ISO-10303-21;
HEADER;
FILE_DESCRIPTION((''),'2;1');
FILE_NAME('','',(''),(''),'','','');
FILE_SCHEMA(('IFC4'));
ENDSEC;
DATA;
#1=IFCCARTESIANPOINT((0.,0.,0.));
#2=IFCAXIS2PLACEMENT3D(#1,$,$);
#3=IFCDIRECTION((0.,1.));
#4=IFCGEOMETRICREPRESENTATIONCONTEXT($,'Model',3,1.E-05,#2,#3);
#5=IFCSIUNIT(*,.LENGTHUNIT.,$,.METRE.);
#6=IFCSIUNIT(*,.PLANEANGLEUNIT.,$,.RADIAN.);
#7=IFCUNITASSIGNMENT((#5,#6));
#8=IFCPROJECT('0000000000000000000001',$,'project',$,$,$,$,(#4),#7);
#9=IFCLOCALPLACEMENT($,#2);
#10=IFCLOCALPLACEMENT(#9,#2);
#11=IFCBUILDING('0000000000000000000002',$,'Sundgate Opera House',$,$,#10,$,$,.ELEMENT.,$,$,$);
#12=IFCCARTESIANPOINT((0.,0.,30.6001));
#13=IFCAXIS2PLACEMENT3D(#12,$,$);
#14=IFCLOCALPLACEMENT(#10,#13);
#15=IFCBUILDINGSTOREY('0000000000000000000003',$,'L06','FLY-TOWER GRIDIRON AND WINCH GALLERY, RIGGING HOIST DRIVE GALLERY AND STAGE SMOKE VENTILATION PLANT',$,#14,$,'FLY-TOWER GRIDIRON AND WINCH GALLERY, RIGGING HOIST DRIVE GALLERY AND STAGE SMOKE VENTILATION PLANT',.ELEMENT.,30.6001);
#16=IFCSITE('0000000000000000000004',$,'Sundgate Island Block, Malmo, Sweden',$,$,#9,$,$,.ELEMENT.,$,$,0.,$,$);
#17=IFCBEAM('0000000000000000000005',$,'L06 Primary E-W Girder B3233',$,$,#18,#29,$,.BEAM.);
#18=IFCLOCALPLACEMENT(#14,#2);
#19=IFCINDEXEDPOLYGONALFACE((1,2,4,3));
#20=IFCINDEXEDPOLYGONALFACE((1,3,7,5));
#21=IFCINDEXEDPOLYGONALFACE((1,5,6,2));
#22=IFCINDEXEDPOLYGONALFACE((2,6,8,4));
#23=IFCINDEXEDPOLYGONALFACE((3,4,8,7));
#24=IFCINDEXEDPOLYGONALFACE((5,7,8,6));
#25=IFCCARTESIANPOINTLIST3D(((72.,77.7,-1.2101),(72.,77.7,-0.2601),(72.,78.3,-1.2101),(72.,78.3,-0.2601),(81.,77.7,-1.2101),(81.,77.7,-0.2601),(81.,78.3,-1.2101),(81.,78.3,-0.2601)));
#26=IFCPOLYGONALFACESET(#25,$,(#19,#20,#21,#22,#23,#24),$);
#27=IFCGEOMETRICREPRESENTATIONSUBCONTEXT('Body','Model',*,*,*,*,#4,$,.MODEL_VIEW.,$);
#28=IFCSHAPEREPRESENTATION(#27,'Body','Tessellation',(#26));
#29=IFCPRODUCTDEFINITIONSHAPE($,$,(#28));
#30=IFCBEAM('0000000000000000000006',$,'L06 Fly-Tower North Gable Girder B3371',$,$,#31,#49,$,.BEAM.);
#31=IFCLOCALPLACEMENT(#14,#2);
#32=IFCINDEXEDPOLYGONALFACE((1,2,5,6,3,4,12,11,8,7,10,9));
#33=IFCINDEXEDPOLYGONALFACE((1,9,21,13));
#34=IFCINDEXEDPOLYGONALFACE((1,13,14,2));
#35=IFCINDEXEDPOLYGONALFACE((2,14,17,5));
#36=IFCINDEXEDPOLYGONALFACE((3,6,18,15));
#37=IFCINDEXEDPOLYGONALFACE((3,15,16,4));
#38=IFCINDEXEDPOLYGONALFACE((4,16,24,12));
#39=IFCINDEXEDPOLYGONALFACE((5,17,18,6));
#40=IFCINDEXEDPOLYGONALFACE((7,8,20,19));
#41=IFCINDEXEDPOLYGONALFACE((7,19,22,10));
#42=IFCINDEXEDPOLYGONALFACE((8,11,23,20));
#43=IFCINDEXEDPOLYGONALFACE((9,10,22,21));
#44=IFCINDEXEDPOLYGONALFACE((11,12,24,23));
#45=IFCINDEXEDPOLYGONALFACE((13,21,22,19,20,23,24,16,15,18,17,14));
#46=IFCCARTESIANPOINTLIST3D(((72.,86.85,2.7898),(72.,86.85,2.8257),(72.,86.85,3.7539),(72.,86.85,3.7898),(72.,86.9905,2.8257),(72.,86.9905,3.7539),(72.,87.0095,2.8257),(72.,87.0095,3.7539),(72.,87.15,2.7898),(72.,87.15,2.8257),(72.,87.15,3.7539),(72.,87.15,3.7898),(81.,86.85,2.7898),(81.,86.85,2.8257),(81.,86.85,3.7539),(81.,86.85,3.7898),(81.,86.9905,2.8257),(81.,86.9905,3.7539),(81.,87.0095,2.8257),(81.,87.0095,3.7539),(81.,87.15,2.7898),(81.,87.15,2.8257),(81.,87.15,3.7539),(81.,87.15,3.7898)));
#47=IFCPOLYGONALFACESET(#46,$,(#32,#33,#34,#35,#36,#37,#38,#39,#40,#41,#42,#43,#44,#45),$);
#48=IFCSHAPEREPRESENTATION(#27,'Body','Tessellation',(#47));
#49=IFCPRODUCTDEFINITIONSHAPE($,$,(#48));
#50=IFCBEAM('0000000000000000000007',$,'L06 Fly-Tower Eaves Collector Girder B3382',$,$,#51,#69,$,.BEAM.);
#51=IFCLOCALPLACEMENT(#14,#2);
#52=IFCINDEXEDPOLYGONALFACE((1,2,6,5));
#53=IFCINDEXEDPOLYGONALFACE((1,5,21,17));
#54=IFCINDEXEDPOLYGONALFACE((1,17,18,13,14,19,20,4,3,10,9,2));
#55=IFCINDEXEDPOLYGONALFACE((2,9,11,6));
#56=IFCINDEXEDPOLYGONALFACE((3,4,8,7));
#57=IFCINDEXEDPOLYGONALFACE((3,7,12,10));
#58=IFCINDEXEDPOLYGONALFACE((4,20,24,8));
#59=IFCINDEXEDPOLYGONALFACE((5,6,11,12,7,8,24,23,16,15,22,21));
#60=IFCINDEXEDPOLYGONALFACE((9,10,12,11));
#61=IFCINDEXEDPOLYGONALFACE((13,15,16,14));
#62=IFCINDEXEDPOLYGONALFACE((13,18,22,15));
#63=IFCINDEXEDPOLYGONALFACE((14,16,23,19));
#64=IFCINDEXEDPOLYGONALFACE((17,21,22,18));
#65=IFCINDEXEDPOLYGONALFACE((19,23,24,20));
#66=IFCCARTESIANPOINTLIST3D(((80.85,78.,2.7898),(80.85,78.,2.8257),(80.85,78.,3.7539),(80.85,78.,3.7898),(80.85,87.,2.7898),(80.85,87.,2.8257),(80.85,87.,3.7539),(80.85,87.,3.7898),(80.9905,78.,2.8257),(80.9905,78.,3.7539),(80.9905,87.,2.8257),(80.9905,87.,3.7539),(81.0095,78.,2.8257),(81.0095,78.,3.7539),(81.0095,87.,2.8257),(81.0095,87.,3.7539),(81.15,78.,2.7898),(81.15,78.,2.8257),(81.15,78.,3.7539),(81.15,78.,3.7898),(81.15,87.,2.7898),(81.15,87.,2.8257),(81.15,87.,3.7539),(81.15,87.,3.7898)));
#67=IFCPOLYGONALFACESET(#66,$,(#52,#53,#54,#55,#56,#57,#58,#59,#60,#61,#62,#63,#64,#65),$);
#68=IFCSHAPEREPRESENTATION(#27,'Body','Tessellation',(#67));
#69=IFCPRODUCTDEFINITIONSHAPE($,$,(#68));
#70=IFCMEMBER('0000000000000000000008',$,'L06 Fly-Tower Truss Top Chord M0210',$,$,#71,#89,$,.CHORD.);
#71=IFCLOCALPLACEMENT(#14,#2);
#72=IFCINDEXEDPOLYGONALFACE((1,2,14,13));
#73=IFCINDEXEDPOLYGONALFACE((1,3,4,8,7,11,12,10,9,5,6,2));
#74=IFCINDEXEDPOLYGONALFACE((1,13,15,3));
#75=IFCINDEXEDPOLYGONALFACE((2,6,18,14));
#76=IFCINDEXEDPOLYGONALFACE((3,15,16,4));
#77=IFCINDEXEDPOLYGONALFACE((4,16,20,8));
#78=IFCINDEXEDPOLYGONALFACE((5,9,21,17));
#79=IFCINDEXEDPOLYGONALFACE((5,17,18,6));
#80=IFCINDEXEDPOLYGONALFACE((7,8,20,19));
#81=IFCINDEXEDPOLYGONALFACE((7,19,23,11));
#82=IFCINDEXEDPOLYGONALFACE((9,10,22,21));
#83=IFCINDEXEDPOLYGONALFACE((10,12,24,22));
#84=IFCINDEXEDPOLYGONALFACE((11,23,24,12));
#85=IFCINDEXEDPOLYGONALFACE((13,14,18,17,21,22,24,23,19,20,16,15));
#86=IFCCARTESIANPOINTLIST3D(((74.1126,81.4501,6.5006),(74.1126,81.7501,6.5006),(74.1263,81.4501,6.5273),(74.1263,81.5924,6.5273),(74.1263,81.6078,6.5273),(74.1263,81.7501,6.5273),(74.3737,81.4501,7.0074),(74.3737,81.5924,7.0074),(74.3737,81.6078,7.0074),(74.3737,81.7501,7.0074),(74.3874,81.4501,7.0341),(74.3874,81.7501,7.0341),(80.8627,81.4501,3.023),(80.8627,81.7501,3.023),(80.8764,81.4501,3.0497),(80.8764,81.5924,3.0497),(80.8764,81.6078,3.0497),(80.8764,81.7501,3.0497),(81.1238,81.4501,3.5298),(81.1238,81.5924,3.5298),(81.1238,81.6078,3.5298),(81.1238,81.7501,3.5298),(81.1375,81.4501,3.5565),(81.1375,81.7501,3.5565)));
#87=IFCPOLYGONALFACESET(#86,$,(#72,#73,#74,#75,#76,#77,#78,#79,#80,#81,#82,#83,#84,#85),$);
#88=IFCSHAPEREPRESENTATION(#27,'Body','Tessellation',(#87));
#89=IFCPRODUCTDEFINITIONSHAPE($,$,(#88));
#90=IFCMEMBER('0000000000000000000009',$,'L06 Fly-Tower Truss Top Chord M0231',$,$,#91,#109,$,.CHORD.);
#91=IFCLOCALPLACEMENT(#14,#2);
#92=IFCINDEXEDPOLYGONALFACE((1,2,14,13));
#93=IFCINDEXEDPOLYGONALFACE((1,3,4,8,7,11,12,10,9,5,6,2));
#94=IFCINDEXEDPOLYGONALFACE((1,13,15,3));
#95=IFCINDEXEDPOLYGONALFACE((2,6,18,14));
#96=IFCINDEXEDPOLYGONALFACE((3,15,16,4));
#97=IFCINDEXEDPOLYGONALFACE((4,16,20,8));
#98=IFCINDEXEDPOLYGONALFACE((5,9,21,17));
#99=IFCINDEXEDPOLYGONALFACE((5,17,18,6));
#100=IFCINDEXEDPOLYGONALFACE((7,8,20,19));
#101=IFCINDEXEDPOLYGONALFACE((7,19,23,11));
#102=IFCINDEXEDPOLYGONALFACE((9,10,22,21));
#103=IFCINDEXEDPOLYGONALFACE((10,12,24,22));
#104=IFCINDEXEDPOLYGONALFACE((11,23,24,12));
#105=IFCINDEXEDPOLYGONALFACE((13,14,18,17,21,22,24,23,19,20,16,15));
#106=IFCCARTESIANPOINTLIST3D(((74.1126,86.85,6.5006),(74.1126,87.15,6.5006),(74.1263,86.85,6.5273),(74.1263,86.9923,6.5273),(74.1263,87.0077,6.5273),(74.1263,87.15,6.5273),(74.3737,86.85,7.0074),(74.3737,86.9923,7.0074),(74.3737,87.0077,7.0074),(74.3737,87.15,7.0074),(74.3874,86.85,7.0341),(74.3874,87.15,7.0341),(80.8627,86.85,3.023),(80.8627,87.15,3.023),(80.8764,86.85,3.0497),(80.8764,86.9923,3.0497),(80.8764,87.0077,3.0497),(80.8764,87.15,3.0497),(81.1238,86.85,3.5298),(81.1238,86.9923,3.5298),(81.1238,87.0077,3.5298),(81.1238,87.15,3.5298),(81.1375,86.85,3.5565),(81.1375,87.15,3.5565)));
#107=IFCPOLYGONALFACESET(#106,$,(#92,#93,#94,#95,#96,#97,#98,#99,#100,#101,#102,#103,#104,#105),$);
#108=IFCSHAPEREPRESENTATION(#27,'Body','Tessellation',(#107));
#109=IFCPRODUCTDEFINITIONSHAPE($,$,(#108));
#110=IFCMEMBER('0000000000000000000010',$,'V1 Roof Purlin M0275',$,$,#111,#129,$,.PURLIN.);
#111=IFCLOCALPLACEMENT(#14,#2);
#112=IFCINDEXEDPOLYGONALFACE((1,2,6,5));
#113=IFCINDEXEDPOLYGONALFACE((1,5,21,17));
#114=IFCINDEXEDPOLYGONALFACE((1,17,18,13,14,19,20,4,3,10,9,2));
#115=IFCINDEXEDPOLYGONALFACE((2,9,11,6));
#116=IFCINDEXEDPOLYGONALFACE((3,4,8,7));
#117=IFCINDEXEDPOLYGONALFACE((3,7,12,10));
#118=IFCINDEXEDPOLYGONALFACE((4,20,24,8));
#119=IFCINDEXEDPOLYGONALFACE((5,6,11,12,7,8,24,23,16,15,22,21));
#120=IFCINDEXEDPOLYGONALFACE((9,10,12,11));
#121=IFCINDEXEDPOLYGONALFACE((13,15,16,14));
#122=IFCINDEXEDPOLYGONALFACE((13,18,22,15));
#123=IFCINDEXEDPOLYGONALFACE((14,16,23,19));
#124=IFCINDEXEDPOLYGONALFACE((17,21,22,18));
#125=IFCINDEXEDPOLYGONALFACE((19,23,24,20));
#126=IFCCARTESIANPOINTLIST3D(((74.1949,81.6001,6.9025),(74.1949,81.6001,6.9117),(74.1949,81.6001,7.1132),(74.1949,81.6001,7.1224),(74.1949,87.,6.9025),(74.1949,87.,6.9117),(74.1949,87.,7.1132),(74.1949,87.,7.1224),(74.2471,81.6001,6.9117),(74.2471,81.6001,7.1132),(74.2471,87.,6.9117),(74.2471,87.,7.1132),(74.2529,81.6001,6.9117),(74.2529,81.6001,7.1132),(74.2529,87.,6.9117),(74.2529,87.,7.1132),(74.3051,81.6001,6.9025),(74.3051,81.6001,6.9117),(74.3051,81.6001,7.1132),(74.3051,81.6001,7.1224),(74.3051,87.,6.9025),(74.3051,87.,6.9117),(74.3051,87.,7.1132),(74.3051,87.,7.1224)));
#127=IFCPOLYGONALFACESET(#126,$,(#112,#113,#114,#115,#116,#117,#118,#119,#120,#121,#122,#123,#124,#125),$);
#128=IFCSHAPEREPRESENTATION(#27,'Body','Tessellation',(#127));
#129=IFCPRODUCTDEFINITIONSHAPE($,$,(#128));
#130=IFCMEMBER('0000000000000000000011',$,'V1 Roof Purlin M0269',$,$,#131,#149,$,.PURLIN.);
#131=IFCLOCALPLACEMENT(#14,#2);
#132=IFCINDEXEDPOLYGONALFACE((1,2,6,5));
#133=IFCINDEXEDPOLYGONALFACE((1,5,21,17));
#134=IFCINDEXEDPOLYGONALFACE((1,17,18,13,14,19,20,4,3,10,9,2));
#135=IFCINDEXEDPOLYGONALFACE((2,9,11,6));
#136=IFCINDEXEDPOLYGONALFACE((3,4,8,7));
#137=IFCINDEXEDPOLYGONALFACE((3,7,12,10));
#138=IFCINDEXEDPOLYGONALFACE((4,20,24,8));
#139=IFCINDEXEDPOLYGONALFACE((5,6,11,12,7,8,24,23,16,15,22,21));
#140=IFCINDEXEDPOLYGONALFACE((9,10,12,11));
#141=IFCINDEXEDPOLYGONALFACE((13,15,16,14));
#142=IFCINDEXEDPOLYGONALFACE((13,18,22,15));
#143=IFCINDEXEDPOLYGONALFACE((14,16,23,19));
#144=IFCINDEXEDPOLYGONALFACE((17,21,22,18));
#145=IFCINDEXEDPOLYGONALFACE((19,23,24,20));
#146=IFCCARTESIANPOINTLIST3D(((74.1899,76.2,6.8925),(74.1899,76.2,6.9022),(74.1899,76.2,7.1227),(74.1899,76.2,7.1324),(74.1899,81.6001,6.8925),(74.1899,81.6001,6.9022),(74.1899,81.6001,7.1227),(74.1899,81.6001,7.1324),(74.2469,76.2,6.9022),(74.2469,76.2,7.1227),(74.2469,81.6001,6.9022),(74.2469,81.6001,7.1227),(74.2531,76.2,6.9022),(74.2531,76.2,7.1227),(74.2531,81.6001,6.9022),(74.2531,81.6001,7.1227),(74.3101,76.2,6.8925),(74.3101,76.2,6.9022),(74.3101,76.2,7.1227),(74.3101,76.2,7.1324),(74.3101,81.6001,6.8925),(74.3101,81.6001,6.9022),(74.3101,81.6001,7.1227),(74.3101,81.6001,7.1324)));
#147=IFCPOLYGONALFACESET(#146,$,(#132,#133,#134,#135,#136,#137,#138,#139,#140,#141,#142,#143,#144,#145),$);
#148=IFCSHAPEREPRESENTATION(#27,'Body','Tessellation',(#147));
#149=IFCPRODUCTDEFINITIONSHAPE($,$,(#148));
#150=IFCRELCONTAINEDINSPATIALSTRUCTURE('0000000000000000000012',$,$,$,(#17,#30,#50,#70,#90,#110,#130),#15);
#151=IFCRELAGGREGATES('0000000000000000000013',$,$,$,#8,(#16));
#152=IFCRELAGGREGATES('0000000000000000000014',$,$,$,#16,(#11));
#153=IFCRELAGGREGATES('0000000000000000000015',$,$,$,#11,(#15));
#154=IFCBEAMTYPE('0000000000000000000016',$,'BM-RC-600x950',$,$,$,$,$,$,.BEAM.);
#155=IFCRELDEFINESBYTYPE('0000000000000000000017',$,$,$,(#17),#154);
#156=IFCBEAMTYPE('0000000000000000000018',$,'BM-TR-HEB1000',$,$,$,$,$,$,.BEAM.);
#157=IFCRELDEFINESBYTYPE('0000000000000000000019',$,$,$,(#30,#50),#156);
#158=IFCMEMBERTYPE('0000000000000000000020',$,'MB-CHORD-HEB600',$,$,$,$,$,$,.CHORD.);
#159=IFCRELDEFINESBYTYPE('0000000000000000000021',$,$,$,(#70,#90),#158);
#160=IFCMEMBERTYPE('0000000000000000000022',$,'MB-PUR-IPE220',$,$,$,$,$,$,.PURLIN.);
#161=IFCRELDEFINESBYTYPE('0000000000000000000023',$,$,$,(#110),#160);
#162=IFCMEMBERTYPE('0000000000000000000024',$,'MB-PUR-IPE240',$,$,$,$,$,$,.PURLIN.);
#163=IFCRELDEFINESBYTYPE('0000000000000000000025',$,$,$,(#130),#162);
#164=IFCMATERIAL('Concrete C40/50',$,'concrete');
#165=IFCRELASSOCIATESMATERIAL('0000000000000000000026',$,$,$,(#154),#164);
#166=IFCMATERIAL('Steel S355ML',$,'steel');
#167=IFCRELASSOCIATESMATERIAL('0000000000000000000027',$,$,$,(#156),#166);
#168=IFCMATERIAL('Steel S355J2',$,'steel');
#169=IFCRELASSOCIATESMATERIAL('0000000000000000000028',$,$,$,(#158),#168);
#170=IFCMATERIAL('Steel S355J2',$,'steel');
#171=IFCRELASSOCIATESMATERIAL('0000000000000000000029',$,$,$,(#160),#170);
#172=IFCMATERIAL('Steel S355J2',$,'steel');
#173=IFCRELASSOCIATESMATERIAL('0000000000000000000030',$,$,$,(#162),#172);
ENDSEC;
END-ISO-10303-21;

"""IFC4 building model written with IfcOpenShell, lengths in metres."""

from ifc_helpers import new_model, si_unit, direction, frame, origin, origin_2d, place, context, subcontext, project, spatial, rectangle, i_section, extrude, material, material_profile, profile_set, type_object, element, save


model = new_model("IFC4")

# Units and contexts
model_context = context("Model", 3, precision=1e-05, world=origin(), true_north=direction((0.0, 1.0)))
body_context = subcontext(model_context, "Body", "Model", "MODEL_VIEW")
ifc_project = project(units=[si_unit("LENGTHUNIT", "METRE"), si_unit("PLANEANGLEUNIT", "RADIAN")], contexts=[model_context])

# Site, building, storey
site_placement = place(None, origin())
site = spatial("IfcSite", under=ifc_project, at=site_placement, Name="Sundgate Island Block, Malmo, Sweden", CompositionType="ELEMENT", RefElevation=0.0)
building_placement = place(site_placement, origin())
building = spatial("IfcBuilding", under=site, at=building_placement, Name="Sundgate Opera House", CompositionType="ELEMENT")
storey_placement = place(building_placement, frame((0.0, 0.0, 30.6001)))
storey = spatial("IfcBuildingStorey", under=building, at=storey_placement, Name="L06", Description="FLY-TOWER GRIDIRON AND WINCH GALLERY, RIGGING HOIST DRIVE GALLERY AND STAGE SMOKE VENTILATION PLANT", LongName="FLY-TOWER GRIDIRON AND WINCH GALLERY, RIGGING HOIST DRIVE GALLERY AND STAGE SMOKE VENTILATION PLANT", CompositionType="ELEMENT", Elevation=30.6001)

# Beams
ifc_material_1 = material(Name="Concrete C40/50", Category="concrete")
ifc_material_profile_1 = material_profile(ifc_material_1, rectangle(XDim=0.6001, YDim=0.95, at=origin_2d()), Name="RC 600x950")
ifc_profile_set_1 = profile_set([ifc_material_profile_1], Name="Concrete C40/50")
beam_type_1 = type_object("IfcBeamType", Name="BM-RC-600x950", PredefinedType="BEAM", material=ifc_profile_set_1)
beam_1_placement = place(storey_placement, frame((72.0, 78.0, -0.7351), z_axis=(1.0, 0.0, 0.0), x_axis=(0.0, 1.0, 0.0)))
element("IfcBeam", 1, at=beam_1_placement, inside=storey, type_object=beam_type_1, Name="L06 Primary E-W Girder B3233", PredefinedType="BEAM", context=body_context, shape_type="SweptSolid", body=[
    extrude(rectangle(XDim=0.6001, YDim=0.95, at=origin_2d()), origin(), (0.0, 0.0, 1.0), 9.0),
])
ifc_material_2 = material(Name="Steel S355ML", Category="steel")
ifc_material_profile_2 = material_profile(ifc_material_2, i_section(OverallWidth=0.3, OverallDepth=1.0, WebThickness=0.019, FlangeThickness=0.0359, at=origin_2d()), Name="HEB 1000")
ifc_profile_set_2 = profile_set([ifc_material_profile_2], Name="Steel S355ML")
beam_type_2 = type_object("IfcBeamType", Name="BM-TR-HEB1000", PredefinedType="BEAM", material=ifc_profile_set_2)
for number, where, z_axis, x_axis, name in (
    (2, (72.0, 87.0, 3.2898), (1.0, 0.0, 0.0), (0.0, 1.0, 0.0), "L06 Fly-Tower North Gable Girder B3371"),
    (3, (81.0, 78.0, 3.2898), (0.0, 1.0, 0.0), (-1.0, 0.0, 0.0), "L06 Fly-Tower Eaves Collector Girder B3382"),
):
    element("IfcBeam", number, at=place(storey_placement, frame(where, z_axis=z_axis, x_axis=x_axis)), inside=storey, type_object=beam_type_2, Name=name, PredefinedType="BEAM", context=body_context, shape_type="SweptSolid", body=[
        extrude(i_section(OverallWidth=0.3, OverallDepth=1.0, WebThickness=0.019, FlangeThickness=0.0359, at=origin_2d()), origin(), (0.0, 0.0, 1.0), 9.0),
    ])

# Members
ifc_material_3 = material(Name="Steel S355J2", Category="steel")
ifc_material_profile_3 = material_profile(ifc_material_3, i_section(OverallWidth=0.3, OverallDepth=0.6001, WebThickness=0.0154, FlangeThickness=0.03, at=origin_2d()), Name="HEB 600")
ifc_profile_set_3 = profile_set([ifc_material_profile_3], Name="Steel S355J2")
member_type_1 = type_object("IfcMemberType", Name="MB-CHORD-HEB600", PredefinedType="CHORD", material=ifc_profile_set_3)
for number, where, z_axis, x_axis, name in (
    (4, (74.25, 81.6001, 6.7673), (0.88896, 0.0, -0.457984), (0.0, 1.0, 0.0), "L06 Fly-Tower Truss Top Chord M0210"),
    (5, (74.25, 87.0, 6.7673), (0.88896, 0.0, -0.457984), (0.0, 1.0, 0.0), "L06 Fly-Tower Truss Top Chord M0231"),
):
    element("IfcMember", number, at=place(storey_placement, frame(where, z_axis=z_axis, x_axis=x_axis)), inside=storey, type_object=member_type_1, Name=name, PredefinedType="CHORD", context=body_context, shape_type="SweptSolid", body=[
        extrude(i_section(OverallWidth=0.3, OverallDepth=0.6001, WebThickness=0.0154, FlangeThickness=0.03, at=origin_2d()), origin(), (0.0, 0.0, 1.0), 7.5933),
    ])
ifc_material_4 = material(Name="Steel S355J2", Category="steel")
ifc_material_profile_4 = material_profile(ifc_material_4, i_section(OverallWidth=0.1101, OverallDepth=0.22, WebThickness=0.0059, FlangeThickness=0.0093, at=origin_2d()), Name="IPE 220")
ifc_profile_set_4 = profile_set([ifc_material_profile_4], Name="Steel S355J2")
member_type_2 = type_object("IfcMemberType", Name="MB-PUR-IPE220", PredefinedType="PURLIN", material=ifc_profile_set_4)
member_1_placement = place(storey_placement, frame((74.25, 81.6001, 7.0125), z_axis=(0.0, 1.0, 0.0), x_axis=(-1.0, 0.0, 0.0)))
element("IfcMember", 6, at=member_1_placement, inside=storey, type_object=member_type_2, Name="V1 Roof Purlin M0275", PredefinedType="PURLIN", context=body_context, shape_type="SweptSolid", body=[
    extrude(i_section(OverallWidth=0.1101, OverallDepth=0.22, WebThickness=0.0059, FlangeThickness=0.0093, at=origin_2d()), origin(), (0.0, 0.0, 1.0), 5.3999),
])
ifc_material_5 = material(Name="Steel S355J2", Category="steel")
ifc_material_profile_5 = material_profile(ifc_material_5, i_section(OverallWidth=0.1201, OverallDepth=0.24, WebThickness=0.0061, FlangeThickness=0.0098, at=origin_2d()), Name="IPE 240")
ifc_profile_set_5 = profile_set([ifc_material_profile_5], Name="Steel S355J2")
member_type_3 = type_object("IfcMemberType", Name="MB-PUR-IPE240", PredefinedType="PURLIN", material=ifc_profile_set_5)
member_2_placement = place(storey_placement, frame((74.25, 76.2, 7.0125), z_axis=(0.0, 1.0, 0.0), x_axis=(-1.0, 0.0, 0.0)))
element("IfcMember", 7, at=member_2_placement, inside=storey, type_object=member_type_3, Name="V1 Roof Purlin M0269", PredefinedType="PURLIN", context=body_context, shape_type="SweptSolid", body=[
    extrude(i_section(OverallWidth=0.1201, OverallDepth=0.24, WebThickness=0.0061, FlangeThickness=0.0098, at=origin_2d()), origin(), (0.0, 0.0, 1.0), 5.4001),
])

save(model, "model.ifc")
